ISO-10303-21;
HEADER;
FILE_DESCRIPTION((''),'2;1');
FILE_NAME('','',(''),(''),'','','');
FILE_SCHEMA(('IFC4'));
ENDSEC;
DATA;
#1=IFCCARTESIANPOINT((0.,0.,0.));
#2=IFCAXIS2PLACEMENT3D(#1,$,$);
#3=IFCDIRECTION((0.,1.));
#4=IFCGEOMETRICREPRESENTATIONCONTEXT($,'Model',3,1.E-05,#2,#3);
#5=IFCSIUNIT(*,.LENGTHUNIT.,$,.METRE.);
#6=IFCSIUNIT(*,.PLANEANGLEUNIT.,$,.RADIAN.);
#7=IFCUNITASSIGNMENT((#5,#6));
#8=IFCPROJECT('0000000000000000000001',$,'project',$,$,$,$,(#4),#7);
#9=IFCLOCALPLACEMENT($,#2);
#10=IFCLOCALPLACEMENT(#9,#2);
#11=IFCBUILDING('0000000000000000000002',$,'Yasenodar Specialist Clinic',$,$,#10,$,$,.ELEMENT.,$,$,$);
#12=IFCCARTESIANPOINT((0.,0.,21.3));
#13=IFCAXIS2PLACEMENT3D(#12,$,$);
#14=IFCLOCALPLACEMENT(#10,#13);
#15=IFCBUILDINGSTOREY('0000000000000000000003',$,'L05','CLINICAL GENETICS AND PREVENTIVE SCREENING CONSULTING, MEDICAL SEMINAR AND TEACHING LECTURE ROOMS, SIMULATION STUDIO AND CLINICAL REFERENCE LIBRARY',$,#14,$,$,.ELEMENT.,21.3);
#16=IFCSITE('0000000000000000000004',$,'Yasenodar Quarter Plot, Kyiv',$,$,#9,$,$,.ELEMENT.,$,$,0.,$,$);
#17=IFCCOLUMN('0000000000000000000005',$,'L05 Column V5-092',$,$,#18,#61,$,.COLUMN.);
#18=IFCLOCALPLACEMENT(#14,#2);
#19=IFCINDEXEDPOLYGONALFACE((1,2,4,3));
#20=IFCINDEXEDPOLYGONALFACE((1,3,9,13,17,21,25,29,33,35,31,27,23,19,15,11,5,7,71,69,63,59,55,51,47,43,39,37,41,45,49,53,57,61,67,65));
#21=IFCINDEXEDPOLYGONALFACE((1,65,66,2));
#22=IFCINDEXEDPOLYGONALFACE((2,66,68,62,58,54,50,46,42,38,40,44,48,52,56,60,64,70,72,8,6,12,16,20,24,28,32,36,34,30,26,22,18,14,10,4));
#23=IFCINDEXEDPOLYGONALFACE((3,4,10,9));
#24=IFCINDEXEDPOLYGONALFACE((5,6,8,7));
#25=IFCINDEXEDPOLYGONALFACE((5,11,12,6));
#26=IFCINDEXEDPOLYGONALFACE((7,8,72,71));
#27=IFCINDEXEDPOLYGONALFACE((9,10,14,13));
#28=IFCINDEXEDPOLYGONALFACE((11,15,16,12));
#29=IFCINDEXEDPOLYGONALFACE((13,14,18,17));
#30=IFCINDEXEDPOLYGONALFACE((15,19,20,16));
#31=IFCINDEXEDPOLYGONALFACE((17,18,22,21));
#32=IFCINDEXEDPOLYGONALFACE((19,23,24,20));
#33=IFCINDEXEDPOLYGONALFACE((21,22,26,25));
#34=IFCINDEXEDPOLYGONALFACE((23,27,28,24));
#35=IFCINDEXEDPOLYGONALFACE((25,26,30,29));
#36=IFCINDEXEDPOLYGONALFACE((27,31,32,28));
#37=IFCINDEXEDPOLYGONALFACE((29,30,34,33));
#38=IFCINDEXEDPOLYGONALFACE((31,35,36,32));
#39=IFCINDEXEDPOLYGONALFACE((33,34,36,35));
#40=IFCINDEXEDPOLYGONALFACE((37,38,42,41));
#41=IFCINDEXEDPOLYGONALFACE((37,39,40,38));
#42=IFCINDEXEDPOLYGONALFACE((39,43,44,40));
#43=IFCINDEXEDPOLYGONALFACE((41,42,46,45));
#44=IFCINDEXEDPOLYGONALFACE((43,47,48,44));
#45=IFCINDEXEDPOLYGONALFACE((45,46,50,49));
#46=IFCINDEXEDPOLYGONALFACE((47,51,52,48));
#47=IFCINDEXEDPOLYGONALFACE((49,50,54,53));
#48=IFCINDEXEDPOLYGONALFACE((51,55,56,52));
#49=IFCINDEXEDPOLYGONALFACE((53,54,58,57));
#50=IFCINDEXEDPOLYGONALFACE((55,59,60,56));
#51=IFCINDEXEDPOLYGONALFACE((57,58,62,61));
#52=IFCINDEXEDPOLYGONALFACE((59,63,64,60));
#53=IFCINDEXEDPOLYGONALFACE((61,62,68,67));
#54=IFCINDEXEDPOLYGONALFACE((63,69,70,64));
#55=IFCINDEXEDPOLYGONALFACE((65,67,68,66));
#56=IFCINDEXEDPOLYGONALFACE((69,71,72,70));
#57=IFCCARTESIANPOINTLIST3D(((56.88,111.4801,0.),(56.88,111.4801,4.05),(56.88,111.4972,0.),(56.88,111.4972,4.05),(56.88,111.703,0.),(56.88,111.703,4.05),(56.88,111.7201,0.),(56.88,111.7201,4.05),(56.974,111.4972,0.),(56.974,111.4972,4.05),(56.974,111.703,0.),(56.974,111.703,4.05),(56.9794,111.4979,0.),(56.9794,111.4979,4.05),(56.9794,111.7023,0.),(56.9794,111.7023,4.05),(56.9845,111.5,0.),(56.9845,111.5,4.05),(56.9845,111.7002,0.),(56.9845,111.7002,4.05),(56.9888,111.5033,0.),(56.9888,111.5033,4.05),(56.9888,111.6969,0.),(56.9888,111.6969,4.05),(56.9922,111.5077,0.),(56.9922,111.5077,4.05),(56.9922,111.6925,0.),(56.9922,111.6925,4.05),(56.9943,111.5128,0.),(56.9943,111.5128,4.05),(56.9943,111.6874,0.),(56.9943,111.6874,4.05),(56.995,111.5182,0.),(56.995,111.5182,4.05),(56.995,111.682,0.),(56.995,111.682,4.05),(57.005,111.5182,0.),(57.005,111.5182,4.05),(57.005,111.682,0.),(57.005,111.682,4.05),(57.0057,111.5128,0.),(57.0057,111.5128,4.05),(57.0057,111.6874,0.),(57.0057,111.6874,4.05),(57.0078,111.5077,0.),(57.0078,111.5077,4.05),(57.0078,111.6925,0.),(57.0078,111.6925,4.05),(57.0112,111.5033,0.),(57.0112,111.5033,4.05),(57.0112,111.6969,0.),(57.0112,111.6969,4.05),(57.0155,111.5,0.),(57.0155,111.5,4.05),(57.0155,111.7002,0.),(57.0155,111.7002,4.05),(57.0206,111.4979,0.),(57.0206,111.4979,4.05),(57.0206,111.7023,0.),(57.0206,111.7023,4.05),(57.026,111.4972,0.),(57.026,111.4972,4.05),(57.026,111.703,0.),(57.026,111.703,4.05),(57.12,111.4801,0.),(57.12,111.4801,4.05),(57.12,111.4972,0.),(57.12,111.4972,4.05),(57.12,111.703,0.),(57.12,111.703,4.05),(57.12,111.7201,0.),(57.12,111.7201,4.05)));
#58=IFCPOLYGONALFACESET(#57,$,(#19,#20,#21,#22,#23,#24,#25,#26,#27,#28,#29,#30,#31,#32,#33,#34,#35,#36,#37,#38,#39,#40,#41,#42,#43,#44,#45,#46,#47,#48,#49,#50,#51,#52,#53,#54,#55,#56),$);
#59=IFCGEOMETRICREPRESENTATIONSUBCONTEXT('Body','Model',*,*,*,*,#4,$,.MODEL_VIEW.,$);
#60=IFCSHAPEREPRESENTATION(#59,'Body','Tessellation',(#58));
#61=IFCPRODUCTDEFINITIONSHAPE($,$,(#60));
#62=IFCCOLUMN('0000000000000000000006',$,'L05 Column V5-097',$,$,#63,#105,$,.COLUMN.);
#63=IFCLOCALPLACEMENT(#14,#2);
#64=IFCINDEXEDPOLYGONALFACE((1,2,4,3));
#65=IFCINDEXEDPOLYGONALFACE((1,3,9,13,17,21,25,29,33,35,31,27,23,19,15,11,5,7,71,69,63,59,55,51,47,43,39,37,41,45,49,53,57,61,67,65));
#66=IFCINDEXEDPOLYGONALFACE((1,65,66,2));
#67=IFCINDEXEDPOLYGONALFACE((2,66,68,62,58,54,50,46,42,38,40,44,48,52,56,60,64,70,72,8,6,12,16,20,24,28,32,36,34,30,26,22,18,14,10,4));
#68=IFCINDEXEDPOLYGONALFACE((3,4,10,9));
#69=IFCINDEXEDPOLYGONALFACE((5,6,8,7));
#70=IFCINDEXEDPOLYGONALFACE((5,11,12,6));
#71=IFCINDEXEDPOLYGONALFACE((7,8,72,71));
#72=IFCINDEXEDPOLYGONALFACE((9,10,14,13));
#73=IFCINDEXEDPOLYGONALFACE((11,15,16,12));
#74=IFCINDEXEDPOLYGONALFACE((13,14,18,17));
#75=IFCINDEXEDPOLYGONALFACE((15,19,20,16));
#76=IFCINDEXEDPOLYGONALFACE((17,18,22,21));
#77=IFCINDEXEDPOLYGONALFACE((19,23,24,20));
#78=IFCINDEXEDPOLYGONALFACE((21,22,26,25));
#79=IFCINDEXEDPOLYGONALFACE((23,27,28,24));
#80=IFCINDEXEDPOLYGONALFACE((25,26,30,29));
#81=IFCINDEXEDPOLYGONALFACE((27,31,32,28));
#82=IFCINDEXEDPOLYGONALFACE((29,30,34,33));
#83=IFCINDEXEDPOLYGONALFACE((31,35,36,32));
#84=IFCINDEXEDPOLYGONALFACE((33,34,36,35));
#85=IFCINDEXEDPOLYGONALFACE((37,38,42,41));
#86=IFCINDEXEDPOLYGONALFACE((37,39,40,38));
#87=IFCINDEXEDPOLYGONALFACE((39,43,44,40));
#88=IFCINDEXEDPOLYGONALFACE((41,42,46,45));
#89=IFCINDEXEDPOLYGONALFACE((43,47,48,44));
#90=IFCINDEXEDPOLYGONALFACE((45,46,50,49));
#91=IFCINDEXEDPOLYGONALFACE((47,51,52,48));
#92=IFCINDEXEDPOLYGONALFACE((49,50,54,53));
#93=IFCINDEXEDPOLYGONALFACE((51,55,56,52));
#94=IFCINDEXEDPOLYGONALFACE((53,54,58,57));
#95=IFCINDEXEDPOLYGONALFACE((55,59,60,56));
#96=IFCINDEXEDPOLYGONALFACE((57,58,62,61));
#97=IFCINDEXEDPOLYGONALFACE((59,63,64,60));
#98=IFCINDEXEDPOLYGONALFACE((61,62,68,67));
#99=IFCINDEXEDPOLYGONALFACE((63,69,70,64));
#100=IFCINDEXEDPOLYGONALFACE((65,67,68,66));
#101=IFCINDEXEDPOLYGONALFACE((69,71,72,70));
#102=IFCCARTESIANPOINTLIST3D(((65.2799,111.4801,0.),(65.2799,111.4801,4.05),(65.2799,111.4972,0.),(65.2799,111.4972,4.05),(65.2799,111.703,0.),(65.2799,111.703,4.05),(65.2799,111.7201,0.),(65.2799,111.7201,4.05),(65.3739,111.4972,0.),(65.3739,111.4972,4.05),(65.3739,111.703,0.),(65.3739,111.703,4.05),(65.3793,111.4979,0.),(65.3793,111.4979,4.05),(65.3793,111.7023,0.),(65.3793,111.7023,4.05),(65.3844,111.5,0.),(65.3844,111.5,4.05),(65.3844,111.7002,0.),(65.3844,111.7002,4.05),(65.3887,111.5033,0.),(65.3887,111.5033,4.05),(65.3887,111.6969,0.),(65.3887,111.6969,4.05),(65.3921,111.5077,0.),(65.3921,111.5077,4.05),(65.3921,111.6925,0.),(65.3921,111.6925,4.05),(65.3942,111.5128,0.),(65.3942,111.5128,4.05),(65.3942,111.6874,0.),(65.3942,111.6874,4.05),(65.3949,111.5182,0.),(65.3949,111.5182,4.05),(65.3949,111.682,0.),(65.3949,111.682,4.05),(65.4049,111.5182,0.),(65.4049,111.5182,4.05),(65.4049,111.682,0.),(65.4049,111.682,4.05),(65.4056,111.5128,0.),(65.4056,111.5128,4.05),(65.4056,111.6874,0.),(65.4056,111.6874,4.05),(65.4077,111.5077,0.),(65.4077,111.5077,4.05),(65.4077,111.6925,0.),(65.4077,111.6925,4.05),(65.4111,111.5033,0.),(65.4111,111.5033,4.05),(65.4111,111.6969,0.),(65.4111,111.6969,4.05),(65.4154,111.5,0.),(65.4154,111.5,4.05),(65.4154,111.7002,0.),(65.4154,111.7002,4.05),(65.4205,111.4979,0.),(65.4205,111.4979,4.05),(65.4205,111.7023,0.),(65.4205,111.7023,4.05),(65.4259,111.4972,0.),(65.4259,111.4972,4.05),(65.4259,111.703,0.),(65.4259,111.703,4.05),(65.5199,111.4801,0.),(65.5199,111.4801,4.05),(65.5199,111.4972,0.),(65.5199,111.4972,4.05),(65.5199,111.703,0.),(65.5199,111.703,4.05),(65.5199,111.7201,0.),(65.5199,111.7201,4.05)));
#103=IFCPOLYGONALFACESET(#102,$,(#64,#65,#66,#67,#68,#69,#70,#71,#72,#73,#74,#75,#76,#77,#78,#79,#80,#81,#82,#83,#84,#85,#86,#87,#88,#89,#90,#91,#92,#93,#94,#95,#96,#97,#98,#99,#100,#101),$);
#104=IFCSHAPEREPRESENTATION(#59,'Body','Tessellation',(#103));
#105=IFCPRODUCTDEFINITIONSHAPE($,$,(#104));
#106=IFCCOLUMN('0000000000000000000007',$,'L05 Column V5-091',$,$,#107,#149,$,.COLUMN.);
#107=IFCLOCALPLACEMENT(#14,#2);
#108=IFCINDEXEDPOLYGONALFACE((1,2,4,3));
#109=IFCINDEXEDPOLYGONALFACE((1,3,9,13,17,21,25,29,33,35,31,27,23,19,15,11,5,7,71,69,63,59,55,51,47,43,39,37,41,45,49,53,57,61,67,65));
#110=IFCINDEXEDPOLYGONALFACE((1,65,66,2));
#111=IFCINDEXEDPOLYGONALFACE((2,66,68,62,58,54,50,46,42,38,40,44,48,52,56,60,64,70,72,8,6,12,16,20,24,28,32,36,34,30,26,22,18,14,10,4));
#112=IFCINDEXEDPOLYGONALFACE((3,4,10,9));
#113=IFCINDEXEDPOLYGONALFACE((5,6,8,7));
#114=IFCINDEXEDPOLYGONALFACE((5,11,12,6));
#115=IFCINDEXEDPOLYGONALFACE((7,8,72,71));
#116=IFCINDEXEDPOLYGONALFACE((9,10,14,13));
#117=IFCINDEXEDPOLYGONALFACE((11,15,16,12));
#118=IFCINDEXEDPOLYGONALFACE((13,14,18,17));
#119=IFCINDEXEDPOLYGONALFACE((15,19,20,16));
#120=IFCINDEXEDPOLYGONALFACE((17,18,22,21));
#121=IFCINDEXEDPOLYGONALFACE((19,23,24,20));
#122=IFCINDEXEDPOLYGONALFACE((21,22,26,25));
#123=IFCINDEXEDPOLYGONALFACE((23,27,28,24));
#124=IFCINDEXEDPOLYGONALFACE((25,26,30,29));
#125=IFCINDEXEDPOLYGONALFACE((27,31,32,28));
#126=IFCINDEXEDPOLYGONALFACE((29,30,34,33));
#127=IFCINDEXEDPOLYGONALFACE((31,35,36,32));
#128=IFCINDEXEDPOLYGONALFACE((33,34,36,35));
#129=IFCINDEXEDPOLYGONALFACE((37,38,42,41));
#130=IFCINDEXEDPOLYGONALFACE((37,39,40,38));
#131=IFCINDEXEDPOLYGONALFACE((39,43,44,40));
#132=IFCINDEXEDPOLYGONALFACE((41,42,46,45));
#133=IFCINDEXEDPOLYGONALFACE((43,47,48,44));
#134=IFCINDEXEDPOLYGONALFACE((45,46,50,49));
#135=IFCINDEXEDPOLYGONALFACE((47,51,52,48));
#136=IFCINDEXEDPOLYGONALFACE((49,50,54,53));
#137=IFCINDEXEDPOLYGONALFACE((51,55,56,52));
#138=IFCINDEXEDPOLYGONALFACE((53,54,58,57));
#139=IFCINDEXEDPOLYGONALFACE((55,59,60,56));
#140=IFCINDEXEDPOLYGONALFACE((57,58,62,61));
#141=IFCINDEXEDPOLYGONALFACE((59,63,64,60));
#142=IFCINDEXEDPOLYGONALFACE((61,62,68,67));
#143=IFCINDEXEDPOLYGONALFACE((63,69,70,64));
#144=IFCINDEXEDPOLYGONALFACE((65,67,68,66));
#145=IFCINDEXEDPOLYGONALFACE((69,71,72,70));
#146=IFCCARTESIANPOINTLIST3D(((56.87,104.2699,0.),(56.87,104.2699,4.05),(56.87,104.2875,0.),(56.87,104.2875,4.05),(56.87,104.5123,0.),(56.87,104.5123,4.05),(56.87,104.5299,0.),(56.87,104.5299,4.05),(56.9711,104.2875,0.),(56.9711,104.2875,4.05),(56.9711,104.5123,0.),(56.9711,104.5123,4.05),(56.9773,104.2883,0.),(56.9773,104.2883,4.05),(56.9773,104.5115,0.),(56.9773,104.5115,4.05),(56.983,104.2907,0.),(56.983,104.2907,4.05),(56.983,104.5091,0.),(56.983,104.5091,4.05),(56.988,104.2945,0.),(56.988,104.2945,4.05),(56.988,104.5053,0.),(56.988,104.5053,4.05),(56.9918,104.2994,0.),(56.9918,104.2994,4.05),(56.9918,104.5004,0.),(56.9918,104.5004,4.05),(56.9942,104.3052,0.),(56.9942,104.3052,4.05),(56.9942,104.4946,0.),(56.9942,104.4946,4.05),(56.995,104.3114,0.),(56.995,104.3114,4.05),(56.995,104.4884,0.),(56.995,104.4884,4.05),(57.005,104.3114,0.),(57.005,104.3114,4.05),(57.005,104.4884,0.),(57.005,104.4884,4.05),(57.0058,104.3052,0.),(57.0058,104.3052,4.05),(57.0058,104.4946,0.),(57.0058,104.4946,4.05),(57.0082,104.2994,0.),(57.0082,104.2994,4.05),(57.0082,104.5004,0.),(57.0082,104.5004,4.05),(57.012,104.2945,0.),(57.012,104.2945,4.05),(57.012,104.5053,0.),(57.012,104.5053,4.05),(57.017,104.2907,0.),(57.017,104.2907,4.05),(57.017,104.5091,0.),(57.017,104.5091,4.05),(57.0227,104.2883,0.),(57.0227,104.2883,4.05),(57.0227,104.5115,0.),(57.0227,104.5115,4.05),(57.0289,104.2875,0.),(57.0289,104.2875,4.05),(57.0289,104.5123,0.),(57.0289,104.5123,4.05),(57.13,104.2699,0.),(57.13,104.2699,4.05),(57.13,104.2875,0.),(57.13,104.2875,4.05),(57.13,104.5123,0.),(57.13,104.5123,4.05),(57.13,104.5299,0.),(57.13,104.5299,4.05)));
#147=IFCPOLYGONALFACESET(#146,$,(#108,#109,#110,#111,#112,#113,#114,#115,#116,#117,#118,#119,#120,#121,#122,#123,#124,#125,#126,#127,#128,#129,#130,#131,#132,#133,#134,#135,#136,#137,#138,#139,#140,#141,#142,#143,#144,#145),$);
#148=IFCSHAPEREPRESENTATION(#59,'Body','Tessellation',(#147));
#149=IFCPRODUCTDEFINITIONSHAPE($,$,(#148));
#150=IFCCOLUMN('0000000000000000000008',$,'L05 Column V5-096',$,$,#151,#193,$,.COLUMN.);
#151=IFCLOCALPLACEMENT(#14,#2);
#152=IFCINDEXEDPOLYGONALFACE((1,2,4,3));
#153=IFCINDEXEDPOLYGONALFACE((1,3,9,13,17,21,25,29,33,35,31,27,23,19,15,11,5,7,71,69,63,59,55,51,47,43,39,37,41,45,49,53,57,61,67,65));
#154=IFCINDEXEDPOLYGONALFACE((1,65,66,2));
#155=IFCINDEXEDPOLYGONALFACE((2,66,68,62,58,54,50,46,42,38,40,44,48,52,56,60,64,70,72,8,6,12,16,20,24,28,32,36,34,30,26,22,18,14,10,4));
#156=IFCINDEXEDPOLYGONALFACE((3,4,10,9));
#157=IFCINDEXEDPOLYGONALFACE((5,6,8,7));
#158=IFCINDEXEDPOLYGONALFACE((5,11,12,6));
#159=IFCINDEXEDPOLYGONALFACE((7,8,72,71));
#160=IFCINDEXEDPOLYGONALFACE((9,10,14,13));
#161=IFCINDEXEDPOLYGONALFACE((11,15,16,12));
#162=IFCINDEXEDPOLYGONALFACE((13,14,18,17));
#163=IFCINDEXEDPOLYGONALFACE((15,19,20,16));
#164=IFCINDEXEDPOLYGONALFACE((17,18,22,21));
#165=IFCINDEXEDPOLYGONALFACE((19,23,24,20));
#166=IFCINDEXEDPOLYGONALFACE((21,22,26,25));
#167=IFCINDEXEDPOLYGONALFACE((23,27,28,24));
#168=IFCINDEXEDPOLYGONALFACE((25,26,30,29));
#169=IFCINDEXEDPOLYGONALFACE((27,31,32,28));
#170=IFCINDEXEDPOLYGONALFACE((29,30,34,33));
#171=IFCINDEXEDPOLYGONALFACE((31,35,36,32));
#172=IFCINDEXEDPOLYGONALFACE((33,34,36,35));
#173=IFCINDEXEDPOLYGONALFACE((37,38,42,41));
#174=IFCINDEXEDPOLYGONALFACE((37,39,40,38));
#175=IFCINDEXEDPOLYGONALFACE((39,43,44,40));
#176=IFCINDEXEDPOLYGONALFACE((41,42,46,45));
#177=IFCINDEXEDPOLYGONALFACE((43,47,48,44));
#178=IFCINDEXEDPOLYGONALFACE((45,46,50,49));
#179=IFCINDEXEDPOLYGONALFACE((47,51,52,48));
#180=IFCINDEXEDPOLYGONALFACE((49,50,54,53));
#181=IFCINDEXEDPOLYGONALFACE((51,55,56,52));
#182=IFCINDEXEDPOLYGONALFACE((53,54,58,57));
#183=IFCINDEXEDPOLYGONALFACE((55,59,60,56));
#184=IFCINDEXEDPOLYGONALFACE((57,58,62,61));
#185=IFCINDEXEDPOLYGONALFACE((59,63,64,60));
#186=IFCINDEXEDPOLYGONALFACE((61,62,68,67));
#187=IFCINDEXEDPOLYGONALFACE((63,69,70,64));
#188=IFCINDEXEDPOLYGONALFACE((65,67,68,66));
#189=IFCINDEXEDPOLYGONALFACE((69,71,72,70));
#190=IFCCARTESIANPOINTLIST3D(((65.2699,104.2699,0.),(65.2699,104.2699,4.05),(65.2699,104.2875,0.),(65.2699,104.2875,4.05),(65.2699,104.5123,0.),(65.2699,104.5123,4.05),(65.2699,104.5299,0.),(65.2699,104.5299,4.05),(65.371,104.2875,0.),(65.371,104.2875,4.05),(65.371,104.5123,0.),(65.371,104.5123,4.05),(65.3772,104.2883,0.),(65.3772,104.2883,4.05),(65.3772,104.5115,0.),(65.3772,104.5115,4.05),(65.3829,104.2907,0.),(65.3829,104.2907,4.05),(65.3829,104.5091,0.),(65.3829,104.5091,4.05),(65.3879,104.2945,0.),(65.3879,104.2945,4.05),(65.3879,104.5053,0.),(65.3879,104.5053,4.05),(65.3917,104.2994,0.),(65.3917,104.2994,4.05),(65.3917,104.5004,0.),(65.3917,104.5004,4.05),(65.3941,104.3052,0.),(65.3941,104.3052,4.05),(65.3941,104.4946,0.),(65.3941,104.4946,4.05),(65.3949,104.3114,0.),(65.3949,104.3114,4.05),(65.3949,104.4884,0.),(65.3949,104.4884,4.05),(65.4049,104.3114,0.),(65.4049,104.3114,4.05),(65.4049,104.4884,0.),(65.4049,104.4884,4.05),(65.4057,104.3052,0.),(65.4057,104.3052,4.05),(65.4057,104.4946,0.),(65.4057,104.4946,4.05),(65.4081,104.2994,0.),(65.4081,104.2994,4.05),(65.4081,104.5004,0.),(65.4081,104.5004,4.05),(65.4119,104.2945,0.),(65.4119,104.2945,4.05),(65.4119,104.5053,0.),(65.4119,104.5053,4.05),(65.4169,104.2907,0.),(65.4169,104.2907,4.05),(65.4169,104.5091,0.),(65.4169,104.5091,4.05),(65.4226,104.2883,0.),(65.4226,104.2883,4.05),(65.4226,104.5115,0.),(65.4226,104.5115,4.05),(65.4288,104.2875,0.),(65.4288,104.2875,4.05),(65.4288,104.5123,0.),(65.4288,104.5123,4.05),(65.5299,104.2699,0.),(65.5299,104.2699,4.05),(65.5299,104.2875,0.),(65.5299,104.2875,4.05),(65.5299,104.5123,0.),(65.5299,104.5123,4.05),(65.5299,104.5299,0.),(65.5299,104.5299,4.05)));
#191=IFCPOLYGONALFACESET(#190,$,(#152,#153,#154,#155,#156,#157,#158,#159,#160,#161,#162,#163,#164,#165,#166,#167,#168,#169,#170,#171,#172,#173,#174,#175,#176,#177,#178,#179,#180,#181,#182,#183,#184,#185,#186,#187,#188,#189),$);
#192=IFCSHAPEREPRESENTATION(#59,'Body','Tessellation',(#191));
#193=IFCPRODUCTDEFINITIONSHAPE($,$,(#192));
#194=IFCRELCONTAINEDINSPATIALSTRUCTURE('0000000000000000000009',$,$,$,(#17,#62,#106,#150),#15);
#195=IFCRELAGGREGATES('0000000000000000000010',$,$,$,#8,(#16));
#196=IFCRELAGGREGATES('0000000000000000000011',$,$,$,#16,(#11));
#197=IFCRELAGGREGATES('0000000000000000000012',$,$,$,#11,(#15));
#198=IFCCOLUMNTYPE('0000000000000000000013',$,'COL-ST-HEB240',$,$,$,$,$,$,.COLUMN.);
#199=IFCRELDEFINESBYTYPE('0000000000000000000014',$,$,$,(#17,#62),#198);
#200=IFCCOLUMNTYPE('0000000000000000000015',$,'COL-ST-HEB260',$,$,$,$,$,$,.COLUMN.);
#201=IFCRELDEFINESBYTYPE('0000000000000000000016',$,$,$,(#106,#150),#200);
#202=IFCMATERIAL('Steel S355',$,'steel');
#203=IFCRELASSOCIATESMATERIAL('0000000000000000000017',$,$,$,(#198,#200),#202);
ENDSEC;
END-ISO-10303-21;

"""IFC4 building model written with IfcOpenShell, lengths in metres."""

from ifc_helpers import new_model, si_unit, direction, frame, origin, origin_2d, place, context, subcontext, project, spatial, i_section, extrude, material, material_profile, profile_set, type_object, element, save


model = new_model("IFC4")

# Units and contexts
model_context = context("Model", 3, precision=1e-05, world=origin(), true_north=direction((0.0, 1.0)))
body_context = subcontext(model_context, "Body", "Model", "MODEL_VIEW")
ifc_project = project(units=[si_unit("LENGTHUNIT", "METRE"), si_unit("PLANEANGLEUNIT", "RADIAN")], contexts=[model_context])

# Site, building, storey
site_placement = place(None, origin())
site = spatial("IfcSite", under=ifc_project, at=site_placement, Name="Yasenodar Quarter Plot, Kyiv", CompositionType="ELEMENT", RefElevation=0.0)
building_placement = place(site_placement, origin())
building = spatial("IfcBuilding", under=site, at=building_placement, Name="Yasenodar Specialist Clinic", CompositionType="ELEMENT")
storey_placement = place(building_placement, frame((0.0, 0.0, 21.3)))
storey = spatial("IfcBuildingStorey", under=building, at=storey_placement, Name="L05", Description="CLINICAL GENETICS AND PREVENTIVE SCREENING CONSULTING, MEDICAL SEMINAR AND TEACHING LECTURE ROOMS, SIMULATION STUDIO AND CLINICAL REFERENCE LIBRARY", CompositionType="ELEMENT", Elevation=21.3)

# Columns
ifc_material_1 = material(Name="Steel S355", Category="steel")
ifc_material_profile_1 = material_profile(ifc_material_1, i_section(OverallWidth=0.24, OverallDepth=0.24, WebThickness=0.01, FlangeThickness=0.0171, FilletRadius=0.021, at=origin_2d()), Name="HEB 240")
ifc_profile_set_1 = profile_set([ifc_material_profile_1], Name="Steel S355")
column_type_1 = type_object("IfcColumnType", Name="COL-ST-HEB240", PredefinedType="COLUMN", material=ifc_profile_set_1)
for number, where, z_axis, x_axis, name in (
    (1, (57.0, 111.6001, 0.0), (0.0, 0.0, 1.0), (1.0, 0.0, 0.0), "L05 Column V5-092"),
    (2, (65.3999, 111.6001, 0.0), (0.0, 0.0, 1.0), (1.0, 0.0, 0.0), "L05 Column V5-097"),
):
    element("IfcColumn", number, at=place(storey_placement, frame(where, z_axis=z_axis, x_axis=x_axis)), inside=storey, type_object=column_type_1, Name=name, PredefinedType="COLUMN", context=body_context, shape_type="SweptSolid", body=[
        extrude(i_section(OverallWidth=0.24, OverallDepth=0.24, WebThickness=0.01, FlangeThickness=0.0171, FilletRadius=0.021, at=origin_2d()), origin(), (0.0, 0.0, 1.0), 4.05),
    ])
ifc_material_profile_2 = material_profile(ifc_material_1, i_section(OverallWidth=0.26, OverallDepth=0.26, WebThickness=0.01, FlangeThickness=0.0176, FilletRadius=0.0239, at=origin_2d()), Name="HEB 260")
ifc_profile_set_2 = profile_set([ifc_material_profile_2], Name="Steel S355")
column_type_2 = type_object("IfcColumnType", Name="COL-ST-HEB260", PredefinedType="COLUMN", material=ifc_profile_set_2)
for number, where, z_axis, x_axis, name in (
    (3, (57.0, 104.3999, 0.0), (0.0, 0.0, 1.0), (1.0, 0.0, 0.0), "L05 Column V5-091"),
    (4, (65.3999, 104.3999, 0.0), (0.0, 0.0, 1.0), (1.0, 0.0, 0.0), "L05 Column V5-096"),
):
    element("IfcColumn", number, at=place(storey_placement, frame(where, z_axis=z_axis, x_axis=x_axis)), inside=storey, type_object=column_type_2, Name=name, PredefinedType="COLUMN", context=body_context, shape_type="SweptSolid", body=[
        extrude(i_section(OverallWidth=0.26, OverallDepth=0.26, WebThickness=0.01, FlangeThickness=0.0176, FilletRadius=0.0239, at=origin_2d()), origin(), (0.0, 0.0, 1.0), 4.05),
    ])

save(model, "model.ifc")
